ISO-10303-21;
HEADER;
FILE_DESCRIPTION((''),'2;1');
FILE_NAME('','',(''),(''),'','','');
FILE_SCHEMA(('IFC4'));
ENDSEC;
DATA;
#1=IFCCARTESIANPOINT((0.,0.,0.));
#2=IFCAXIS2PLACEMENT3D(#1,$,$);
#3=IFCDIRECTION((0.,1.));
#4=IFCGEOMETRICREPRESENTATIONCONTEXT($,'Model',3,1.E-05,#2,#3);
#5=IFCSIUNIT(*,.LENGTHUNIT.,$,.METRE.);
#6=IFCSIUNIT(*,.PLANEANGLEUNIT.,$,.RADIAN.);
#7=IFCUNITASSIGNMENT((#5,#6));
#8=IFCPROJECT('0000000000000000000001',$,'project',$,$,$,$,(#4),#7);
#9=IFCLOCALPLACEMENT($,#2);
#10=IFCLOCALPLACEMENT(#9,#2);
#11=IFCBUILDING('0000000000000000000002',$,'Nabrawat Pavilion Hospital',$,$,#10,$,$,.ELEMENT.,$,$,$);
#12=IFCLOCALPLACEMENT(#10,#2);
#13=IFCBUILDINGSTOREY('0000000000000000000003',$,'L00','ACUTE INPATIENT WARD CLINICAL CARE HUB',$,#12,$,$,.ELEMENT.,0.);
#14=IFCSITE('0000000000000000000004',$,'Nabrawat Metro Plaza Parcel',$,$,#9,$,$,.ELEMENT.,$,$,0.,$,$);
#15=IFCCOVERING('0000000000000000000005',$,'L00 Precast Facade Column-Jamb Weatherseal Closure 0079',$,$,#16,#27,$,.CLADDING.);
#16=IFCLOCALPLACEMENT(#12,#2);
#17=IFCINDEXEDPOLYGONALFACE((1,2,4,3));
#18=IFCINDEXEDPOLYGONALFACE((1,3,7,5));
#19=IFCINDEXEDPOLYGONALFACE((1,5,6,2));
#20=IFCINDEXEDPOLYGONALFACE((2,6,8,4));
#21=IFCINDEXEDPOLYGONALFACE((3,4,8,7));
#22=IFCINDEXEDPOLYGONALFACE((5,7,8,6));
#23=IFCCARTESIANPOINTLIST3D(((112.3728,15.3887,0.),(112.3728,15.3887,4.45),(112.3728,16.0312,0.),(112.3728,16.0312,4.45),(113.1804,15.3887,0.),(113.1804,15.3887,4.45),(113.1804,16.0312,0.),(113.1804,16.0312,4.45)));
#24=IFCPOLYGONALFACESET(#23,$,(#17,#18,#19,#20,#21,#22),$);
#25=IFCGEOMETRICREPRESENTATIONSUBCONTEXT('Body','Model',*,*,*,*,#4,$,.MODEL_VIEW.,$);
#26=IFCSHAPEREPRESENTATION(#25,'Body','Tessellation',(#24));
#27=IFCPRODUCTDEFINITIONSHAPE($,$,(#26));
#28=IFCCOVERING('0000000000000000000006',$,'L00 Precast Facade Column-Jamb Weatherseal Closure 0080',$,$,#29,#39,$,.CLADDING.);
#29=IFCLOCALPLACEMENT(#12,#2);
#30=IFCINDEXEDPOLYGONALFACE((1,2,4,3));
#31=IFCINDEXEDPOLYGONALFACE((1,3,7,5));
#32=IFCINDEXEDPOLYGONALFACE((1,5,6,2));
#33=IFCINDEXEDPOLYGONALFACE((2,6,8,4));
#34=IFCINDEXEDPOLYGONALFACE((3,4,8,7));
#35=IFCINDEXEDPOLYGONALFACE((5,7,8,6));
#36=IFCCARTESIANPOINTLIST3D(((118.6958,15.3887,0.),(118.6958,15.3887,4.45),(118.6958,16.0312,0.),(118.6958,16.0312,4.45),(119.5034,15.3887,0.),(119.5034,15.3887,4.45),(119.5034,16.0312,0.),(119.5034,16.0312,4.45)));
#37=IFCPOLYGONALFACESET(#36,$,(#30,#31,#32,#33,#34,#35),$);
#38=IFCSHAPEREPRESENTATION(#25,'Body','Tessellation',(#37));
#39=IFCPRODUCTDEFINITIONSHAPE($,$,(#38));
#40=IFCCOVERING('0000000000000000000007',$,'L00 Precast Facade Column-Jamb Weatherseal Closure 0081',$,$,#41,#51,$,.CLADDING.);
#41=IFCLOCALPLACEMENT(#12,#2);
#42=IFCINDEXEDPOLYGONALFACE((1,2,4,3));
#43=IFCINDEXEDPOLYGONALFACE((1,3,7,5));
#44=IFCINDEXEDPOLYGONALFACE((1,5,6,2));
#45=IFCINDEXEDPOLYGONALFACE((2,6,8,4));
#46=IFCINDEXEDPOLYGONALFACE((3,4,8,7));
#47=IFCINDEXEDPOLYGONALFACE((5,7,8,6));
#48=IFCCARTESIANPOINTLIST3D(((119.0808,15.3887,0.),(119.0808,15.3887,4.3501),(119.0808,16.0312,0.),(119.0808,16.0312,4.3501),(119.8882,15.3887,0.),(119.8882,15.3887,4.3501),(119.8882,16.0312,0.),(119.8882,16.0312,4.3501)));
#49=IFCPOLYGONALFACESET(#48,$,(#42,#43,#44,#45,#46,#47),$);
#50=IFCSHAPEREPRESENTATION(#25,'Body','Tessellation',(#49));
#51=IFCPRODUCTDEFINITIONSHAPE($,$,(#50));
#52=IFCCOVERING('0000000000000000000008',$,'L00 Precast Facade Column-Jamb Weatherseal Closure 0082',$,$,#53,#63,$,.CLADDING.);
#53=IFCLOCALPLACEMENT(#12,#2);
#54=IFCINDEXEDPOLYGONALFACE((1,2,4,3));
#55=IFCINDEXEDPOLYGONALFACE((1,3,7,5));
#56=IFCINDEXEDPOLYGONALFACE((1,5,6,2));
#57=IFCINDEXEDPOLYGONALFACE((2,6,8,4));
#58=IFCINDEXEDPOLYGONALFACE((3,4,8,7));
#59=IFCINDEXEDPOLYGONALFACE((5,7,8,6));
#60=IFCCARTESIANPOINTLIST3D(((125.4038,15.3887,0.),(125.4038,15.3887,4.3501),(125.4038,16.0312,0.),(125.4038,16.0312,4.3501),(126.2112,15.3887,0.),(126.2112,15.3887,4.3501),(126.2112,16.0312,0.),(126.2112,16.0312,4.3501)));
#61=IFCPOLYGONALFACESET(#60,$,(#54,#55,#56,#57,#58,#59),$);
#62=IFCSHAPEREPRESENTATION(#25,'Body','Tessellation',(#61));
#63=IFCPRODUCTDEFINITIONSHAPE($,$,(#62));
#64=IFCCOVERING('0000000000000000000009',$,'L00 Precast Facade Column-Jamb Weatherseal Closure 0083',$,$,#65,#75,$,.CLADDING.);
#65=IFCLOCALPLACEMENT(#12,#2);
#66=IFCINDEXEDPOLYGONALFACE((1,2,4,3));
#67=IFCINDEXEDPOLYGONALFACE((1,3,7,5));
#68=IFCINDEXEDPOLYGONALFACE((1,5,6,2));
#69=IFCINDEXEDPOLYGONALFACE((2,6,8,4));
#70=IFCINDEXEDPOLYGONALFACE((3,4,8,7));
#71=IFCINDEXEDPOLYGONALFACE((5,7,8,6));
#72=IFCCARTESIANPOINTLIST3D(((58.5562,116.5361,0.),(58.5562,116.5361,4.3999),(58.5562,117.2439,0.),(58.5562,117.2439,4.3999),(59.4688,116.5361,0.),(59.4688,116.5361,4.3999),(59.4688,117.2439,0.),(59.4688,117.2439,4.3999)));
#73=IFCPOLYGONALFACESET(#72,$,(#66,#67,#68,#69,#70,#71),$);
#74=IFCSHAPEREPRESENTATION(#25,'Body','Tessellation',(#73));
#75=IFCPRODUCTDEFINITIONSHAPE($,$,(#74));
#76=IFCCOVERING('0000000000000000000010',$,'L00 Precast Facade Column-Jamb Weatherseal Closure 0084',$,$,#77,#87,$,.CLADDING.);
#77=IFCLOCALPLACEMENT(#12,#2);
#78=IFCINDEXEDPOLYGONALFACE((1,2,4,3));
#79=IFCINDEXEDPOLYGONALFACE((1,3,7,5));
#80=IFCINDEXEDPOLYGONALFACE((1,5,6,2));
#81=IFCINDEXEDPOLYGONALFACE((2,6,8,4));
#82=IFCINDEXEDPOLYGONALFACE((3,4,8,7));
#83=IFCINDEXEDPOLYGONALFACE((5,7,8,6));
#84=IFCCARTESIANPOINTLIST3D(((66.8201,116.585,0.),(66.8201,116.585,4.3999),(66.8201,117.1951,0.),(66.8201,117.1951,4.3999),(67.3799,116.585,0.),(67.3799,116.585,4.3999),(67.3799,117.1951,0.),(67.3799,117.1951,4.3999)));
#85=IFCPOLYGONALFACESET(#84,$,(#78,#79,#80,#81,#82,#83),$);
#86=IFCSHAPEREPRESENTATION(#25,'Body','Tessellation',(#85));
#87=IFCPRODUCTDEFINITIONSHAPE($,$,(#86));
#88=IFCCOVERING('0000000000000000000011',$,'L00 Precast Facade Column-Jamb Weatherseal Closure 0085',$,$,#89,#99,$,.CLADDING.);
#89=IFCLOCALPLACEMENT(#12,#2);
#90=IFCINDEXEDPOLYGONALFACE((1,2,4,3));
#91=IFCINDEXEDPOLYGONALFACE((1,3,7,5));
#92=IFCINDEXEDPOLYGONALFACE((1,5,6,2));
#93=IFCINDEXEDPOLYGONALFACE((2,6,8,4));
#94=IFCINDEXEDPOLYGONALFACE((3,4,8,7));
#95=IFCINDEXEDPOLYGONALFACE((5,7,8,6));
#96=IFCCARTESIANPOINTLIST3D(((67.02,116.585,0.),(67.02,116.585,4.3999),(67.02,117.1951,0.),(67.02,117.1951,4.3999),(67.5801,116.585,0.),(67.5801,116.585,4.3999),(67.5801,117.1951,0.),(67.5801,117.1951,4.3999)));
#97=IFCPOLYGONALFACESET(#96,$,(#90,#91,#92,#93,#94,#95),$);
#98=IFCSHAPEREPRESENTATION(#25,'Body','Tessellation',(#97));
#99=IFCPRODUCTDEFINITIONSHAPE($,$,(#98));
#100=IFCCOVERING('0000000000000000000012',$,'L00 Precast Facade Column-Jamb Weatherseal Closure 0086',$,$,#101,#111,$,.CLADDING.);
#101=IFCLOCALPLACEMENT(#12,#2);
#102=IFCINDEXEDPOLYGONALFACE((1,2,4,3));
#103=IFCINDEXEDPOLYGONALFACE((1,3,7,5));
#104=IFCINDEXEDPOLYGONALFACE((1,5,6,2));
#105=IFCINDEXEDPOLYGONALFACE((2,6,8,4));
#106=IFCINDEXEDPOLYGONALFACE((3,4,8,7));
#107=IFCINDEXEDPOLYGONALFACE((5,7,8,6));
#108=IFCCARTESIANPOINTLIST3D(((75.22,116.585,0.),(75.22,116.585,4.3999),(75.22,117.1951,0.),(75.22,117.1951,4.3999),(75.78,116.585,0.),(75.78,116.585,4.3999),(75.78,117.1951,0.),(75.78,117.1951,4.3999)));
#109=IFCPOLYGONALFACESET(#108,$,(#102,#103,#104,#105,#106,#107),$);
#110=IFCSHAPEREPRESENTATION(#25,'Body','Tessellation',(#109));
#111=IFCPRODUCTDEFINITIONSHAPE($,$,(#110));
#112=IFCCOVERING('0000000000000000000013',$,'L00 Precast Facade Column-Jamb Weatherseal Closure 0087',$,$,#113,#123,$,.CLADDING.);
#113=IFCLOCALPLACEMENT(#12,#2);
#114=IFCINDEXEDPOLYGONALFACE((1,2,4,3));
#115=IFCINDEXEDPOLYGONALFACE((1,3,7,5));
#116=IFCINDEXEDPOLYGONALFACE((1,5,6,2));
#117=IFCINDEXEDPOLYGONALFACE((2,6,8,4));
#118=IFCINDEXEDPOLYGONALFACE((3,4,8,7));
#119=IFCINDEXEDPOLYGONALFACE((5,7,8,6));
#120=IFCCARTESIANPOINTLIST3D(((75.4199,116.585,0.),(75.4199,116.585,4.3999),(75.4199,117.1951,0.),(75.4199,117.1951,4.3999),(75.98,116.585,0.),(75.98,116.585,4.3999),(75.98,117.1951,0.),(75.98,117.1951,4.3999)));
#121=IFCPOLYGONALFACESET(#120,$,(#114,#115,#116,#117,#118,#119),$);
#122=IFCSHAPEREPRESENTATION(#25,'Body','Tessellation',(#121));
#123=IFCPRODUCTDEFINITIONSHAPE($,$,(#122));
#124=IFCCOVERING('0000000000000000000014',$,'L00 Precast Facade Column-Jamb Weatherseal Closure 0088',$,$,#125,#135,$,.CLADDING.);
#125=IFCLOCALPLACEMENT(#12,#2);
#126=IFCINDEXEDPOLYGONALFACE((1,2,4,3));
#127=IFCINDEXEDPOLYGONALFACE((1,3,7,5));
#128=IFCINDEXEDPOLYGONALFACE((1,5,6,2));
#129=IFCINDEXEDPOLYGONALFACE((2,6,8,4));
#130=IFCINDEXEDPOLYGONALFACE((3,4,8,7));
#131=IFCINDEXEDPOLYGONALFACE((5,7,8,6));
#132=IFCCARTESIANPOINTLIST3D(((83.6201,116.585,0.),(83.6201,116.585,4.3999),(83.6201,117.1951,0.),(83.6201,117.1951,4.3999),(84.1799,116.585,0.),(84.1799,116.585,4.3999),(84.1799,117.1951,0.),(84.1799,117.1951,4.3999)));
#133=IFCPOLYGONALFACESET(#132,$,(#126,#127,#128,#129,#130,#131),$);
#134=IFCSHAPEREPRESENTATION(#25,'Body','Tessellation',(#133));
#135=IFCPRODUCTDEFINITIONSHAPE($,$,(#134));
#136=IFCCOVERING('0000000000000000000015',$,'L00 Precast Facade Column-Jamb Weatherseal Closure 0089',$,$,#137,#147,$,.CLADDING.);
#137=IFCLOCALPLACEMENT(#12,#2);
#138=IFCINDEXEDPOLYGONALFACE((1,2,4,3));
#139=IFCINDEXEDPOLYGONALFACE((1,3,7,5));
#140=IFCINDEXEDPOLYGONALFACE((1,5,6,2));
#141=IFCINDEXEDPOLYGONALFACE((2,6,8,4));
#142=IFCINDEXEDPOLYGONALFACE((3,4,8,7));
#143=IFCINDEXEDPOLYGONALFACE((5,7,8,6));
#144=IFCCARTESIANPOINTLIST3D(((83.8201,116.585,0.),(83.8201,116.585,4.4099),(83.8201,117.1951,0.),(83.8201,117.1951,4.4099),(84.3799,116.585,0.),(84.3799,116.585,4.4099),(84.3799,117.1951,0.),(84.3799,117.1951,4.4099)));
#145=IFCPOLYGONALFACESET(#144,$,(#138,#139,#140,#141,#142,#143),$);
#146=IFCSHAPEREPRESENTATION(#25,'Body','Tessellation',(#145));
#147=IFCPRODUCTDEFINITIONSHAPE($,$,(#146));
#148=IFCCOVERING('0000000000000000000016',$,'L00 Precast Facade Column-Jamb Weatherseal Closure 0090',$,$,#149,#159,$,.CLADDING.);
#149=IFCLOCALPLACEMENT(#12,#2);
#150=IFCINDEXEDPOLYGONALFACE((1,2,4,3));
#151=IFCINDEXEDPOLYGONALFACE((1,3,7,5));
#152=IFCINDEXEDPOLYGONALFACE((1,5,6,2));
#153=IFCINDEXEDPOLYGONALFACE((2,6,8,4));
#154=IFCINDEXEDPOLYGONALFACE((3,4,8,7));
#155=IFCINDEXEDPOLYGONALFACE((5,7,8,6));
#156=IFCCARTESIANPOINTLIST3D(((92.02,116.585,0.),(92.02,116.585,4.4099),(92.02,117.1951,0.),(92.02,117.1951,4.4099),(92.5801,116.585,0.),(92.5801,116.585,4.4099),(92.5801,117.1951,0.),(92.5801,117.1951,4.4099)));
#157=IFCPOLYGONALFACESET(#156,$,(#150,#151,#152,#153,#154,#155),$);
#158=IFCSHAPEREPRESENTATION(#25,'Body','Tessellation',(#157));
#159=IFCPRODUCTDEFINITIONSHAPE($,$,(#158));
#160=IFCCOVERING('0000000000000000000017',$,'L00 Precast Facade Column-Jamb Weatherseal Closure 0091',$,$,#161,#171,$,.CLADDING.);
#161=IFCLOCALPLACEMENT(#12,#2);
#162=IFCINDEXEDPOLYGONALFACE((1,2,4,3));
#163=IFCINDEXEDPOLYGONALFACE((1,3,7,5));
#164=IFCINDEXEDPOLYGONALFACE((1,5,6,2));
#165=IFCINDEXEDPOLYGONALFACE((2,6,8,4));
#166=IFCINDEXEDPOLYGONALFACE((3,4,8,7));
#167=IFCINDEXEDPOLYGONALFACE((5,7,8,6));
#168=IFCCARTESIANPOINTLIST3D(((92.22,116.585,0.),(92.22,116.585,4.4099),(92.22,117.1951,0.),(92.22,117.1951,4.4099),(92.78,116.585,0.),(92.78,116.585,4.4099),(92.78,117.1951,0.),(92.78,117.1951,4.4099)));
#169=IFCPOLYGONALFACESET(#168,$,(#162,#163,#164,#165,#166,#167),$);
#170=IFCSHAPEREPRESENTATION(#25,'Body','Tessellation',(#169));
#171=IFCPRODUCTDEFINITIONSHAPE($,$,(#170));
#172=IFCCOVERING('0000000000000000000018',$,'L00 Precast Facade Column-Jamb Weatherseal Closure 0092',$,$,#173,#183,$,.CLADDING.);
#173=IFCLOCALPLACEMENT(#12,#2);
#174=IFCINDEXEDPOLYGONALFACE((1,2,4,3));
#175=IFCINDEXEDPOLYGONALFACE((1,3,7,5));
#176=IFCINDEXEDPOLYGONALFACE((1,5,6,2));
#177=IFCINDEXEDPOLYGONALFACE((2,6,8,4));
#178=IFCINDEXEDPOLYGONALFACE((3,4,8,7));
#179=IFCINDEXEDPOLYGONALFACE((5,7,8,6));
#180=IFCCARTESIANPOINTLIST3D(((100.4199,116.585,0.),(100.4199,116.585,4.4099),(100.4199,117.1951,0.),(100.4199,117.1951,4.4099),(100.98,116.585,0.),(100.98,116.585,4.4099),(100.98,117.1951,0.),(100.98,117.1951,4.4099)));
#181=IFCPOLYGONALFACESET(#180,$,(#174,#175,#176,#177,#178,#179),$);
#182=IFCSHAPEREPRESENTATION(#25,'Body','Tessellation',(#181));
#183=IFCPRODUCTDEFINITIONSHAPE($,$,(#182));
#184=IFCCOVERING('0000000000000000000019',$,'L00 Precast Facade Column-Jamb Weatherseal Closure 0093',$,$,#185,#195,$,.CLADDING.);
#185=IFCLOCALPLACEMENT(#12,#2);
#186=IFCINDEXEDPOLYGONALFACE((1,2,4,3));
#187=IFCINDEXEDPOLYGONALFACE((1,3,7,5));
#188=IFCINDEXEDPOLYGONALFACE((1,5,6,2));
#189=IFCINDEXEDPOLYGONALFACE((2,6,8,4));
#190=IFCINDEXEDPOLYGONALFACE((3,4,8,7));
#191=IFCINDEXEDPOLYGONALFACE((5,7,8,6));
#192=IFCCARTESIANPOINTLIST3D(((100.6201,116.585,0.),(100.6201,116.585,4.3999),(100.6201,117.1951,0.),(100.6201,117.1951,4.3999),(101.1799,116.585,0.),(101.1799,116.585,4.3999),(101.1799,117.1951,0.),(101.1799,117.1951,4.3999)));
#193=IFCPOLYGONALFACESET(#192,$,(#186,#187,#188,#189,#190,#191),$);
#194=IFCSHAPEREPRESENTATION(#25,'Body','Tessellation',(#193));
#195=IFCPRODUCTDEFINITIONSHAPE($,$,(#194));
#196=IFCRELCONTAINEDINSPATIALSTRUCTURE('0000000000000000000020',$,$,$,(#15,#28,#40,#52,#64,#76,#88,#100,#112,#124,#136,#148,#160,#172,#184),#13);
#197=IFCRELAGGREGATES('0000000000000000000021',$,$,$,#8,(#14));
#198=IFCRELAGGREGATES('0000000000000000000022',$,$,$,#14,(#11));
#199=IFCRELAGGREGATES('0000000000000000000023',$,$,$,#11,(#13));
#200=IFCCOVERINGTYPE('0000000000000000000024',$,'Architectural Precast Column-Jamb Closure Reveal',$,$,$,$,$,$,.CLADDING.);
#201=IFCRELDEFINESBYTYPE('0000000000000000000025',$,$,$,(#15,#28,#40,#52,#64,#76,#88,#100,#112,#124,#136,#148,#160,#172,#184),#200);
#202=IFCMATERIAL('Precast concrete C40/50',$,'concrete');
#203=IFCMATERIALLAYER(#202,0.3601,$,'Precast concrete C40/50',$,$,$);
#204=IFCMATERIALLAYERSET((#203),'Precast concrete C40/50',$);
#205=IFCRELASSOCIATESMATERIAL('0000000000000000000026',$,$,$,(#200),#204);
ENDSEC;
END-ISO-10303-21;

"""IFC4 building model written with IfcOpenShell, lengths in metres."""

from ifc_helpers import new_model, si_unit, direction, origin, place, context, subcontext, project, spatial, polyline, outline, extrude, material, layer, layer_set, type_object, element, save


model = new_model("IFC4")

# Units and contexts
model_context = context("Model", 3, precision=1e-05, world=origin(), true_north=direction((0.0, 1.0)))
body_context = subcontext(model_context, "Body", "Model", "MODEL_VIEW")
ifc_project = project(units=[si_unit("LENGTHUNIT", "METRE"), si_unit("PLANEANGLEUNIT", "RADIAN")], contexts=[model_context])

# Site, building, storey
site_placement = place(None, origin())
site = spatial("IfcSite", under=ifc_project, at=site_placement, Name="Nabrawat Metro Plaza Parcel", CompositionType="ELEMENT", RefElevation=0.0)
building_placement = place(site_placement, origin())
building = spatial("IfcBuilding", under=site, at=building_placement, Name="Nabrawat Pavilion Hospital", CompositionType="ELEMENT")
storey_placement = place(building_placement, origin())
storey = spatial("IfcBuildingStorey", under=building, at=storey_placement, Name="L00", Description="ACUTE INPATIENT WARD CLINICAL CARE HUB", CompositionType="ELEMENT", Elevation=0.0)

# Coverings
ifc_material = material(Name="Precast concrete C40/50", Category="concrete")
ifc_layer = layer(ifc_material, 0.3601, Name="Precast concrete C40/50")
ifc_layer_set = layer_set([ifc_layer], Name="Precast concrete C40/50")
covering_type = type_object("IfcCoveringType", Name="Architectural Precast Column-Jamb Closure Reveal", PredefinedType="CLADDING", material=ifc_layer_set)
covering_1_placement = place(storey_placement, origin())
element("IfcCovering", 1, at=covering_1_placement, inside=storey, type_object=covering_type, Name="L00 Precast Facade Column-Jamb Weatherseal Closure 0079", PredefinedType="CLADDING", context=body_context, shape_type="SweptSolid", body=[
    extrude(outline(polyline([(113.1804, 15.3887), (113.1804, 16.0312), (112.3728, 16.0312), (112.3728, 15.3887), (113.1804, 15.3887)])), origin(), (0.0, 0.0, 1.0), 4.45),
])
covering_2_placement = place(storey_placement, origin())
element("IfcCovering", 2, at=covering_2_placement, inside=storey, type_object=covering_type, Name="L00 Precast Facade Column-Jamb Weatherseal Closure 0080", PredefinedType="CLADDING", context=body_context, shape_type="SweptSolid", body=[
    extrude(outline(polyline([(119.5034, 15.3887), (119.5034, 16.0312), (118.6958, 16.0312), (118.6958, 15.3887), (119.5034, 15.3887)])), origin(), (0.0, 0.0, 1.0), 4.45),
])
covering_3_placement = place(storey_placement, origin())
element("IfcCovering", 3, at=covering_3_placement, inside=storey, type_object=covering_type, Name="L00 Precast Facade Column-Jamb Weatherseal Closure 0081", PredefinedType="CLADDING", context=body_context, shape_type="SweptSolid", body=[
    extrude(outline(polyline([(119.8882, 15.3887), (119.8882, 16.0312), (119.0808, 16.0312), (119.0808, 15.3887), (119.8882, 15.3887)])), origin(), (0.0, 0.0, 1.0), 4.3501),
])
covering_4_placement = place(storey_placement, origin())
element("IfcCovering", 4, at=covering_4_placement, inside=storey, type_object=covering_type, Name="L00 Precast Facade Column-Jamb Weatherseal Closure 0082", PredefinedType="CLADDING", context=body_context, shape_type="SweptSolid", body=[
    extrude(outline(polyline([(126.2112, 15.3887), (126.2112, 16.0312), (125.4038, 16.0312), (125.4038, 15.3887), (126.2112, 15.3887)])), origin(), (0.0, 0.0, 1.0), 4.3501),
])
covering_5_placement = place(storey_placement, origin())
element("IfcCovering", 5, at=covering_5_placement, inside=storey, type_object=covering_type, Name="L00 Precast Facade Column-Jamb Weatherseal Closure 0083", PredefinedType="CLADDING", context=body_context, shape_type="SweptSolid", body=[
    extrude(outline(polyline([(59.4688, 116.5361), (59.4688, 117.2439), (58.5562, 117.2439), (58.5562, 116.5361), (59.4688, 116.5361)])), origin(), (0.0, 0.0, 1.0), 4.3999),
])
covering_6_placement = place(storey_placement, origin())
element("IfcCovering", 6, at=covering_6_placement, inside=storey, type_object=covering_type, Name="L00 Precast Facade Column-Jamb Weatherseal Closure 0084", PredefinedType="CLADDING", context=body_context, shape_type="SweptSolid", body=[
    extrude(outline(polyline([(67.3799, 116.585), (67.3799, 117.1951), (66.8201, 117.1951), (66.8201, 116.585), (67.3799, 116.585)])), origin(), (0.0, 0.0, 1.0), 4.3999),
])
covering_7_placement = place(storey_placement, origin())
element("IfcCovering", 7, at=covering_7_placement, inside=storey, type_object=covering_type, Name="L00 Precast Facade Column-Jamb Weatherseal Closure 0085", PredefinedType="CLADDING", context=body_context, shape_type="SweptSolid", body=[
    extrude(outline(polyline([(67.5801, 116.585), (67.5801, 117.1951), (67.02, 117.1951), (67.02, 116.585), (67.5801, 116.585)])), origin(), (0.0, 0.0, 1.0), 4.3999),
])
covering_8_placement = place(storey_placement, origin())
element("IfcCovering", 8, at=covering_8_placement, inside=storey, type_object=covering_type, Name="L00 Precast Facade Column-Jamb Weatherseal Closure 0086", PredefinedType="CLADDING", context=body_context, shape_type="SweptSolid", body=[
    extrude(outline(polyline([(75.78, 116.585), (75.78, 117.1951), (75.22, 117.1951), (75.22, 116.585), (75.78, 116.585)])), origin(), (0.0, 0.0, 1.0), 4.3999),
])
covering_9_placement = place(storey_placement, origin())
element("IfcCovering", 9, at=covering_9_placement, inside=storey, type_object=covering_type, Name="L00 Precast Facade Column-Jamb Weatherseal Closure 0087", PredefinedType="CLADDING", context=body_context, shape_type="SweptSolid", body=[
    extrude(outline(polyline([(75.98, 116.585), (75.98, 117.1951), (75.4199, 117.1951), (75.4199, 116.585), (75.98, 116.585)])), origin(), (0.0, 0.0, 1.0), 4.3999),
])
covering_10_placement = place(storey_placement, origin())
element("IfcCovering", 10, at=covering_10_placement, inside=storey, type_object=covering_type, Name="L00 Precast Facade Column-Jamb Weatherseal Closure 0088", PredefinedType="CLADDING", context=body_context, shape_type="SweptSolid", body=[
    extrude(outline(polyline([(84.1799, 116.585), (84.1799, 117.1951), (83.6201, 117.1951), (83.6201, 116.585), (84.1799, 116.585)])), origin(), (0.0, 0.0, 1.0), 4.3999),
])
covering_11_placement = place(storey_placement, origin())
element("IfcCovering", 11, at=covering_11_placement, inside=storey, type_object=covering_type, Name="L00 Precast Facade Column-Jamb Weatherseal Closure 0089", PredefinedType="CLADDING", context=body_context, shape_type="SweptSolid", body=[
    extrude(outline(polyline([(84.3799, 116.585), (84.3799, 117.1951), (83.8201, 117.1951), (83.8201, 116.585), (84.3799, 116.585)])), origin(), (0.0, 0.0, 1.0), 4.4099),
])
covering_12_placement = place(storey_placement, origin())
element("IfcCovering", 12, at=covering_12_placement, inside=storey, type_object=covering_type, Name="L00 Precast Facade Column-Jamb Weatherseal Closure 0090", PredefinedType="CLADDING", context=body_context, shape_type="SweptSolid", body=[
    extrude(outline(polyline([(92.5801, 116.585), (92.5801, 117.1951), (92.02, 117.1951), (92.02, 116.585), (92.5801, 116.585)])), origin(), (0.0, 0.0, 1.0), 4.4099),
])
covering_13_placement = place(storey_placement, origin())
element("IfcCovering", 13, at=covering_13_placement, inside=storey, type_object=covering_type, Name="L00 Precast Facade Column-Jamb Weatherseal Closure 0091", PredefinedType="CLADDING", context=body_context, shape_type="SweptSolid", body=[
    extrude(outline(polyline([(92.78, 116.585), (92.78, 117.1951), (92.22, 117.1951), (92.22, 116.585), (92.78, 116.585)])), origin(), (0.0, 0.0, 1.0), 4.4099),
])
covering_14_placement = place(storey_placement, origin())
element("IfcCovering", 14, at=covering_14_placement, inside=storey, type_object=covering_type, Name="L00 Precast Facade Column-Jamb Weatherseal Closure 0092", PredefinedType="CLADDING", context=body_context, shape_type="SweptSolid", body=[
    extrude(outline(polyline([(100.98, 116.585), (100.98, 117.1951), (100.4199, 117.1951), (100.4199, 116.585), (100.98, 116.585)])), origin(), (0.0, 0.0, 1.0), 4.4099),
])
covering_15_placement = place(storey_placement, origin())
element("IfcCovering", 15, at=covering_15_placement, inside=storey, type_object=covering_type, Name="L00 Precast Facade Column-Jamb Weatherseal Closure 0093", PredefinedType="CLADDING", context=body_context, shape_type="SweptSolid", body=[
    extrude(outline(polyline([(101.1799, 116.585), (101.1799, 117.1951), (100.6201, 117.1951), (100.6201, 116.585), (101.1799, 116.585)])), origin(), (0.0, 0.0, 1.0), 4.3999),
])

save(model, "model.ifc")
